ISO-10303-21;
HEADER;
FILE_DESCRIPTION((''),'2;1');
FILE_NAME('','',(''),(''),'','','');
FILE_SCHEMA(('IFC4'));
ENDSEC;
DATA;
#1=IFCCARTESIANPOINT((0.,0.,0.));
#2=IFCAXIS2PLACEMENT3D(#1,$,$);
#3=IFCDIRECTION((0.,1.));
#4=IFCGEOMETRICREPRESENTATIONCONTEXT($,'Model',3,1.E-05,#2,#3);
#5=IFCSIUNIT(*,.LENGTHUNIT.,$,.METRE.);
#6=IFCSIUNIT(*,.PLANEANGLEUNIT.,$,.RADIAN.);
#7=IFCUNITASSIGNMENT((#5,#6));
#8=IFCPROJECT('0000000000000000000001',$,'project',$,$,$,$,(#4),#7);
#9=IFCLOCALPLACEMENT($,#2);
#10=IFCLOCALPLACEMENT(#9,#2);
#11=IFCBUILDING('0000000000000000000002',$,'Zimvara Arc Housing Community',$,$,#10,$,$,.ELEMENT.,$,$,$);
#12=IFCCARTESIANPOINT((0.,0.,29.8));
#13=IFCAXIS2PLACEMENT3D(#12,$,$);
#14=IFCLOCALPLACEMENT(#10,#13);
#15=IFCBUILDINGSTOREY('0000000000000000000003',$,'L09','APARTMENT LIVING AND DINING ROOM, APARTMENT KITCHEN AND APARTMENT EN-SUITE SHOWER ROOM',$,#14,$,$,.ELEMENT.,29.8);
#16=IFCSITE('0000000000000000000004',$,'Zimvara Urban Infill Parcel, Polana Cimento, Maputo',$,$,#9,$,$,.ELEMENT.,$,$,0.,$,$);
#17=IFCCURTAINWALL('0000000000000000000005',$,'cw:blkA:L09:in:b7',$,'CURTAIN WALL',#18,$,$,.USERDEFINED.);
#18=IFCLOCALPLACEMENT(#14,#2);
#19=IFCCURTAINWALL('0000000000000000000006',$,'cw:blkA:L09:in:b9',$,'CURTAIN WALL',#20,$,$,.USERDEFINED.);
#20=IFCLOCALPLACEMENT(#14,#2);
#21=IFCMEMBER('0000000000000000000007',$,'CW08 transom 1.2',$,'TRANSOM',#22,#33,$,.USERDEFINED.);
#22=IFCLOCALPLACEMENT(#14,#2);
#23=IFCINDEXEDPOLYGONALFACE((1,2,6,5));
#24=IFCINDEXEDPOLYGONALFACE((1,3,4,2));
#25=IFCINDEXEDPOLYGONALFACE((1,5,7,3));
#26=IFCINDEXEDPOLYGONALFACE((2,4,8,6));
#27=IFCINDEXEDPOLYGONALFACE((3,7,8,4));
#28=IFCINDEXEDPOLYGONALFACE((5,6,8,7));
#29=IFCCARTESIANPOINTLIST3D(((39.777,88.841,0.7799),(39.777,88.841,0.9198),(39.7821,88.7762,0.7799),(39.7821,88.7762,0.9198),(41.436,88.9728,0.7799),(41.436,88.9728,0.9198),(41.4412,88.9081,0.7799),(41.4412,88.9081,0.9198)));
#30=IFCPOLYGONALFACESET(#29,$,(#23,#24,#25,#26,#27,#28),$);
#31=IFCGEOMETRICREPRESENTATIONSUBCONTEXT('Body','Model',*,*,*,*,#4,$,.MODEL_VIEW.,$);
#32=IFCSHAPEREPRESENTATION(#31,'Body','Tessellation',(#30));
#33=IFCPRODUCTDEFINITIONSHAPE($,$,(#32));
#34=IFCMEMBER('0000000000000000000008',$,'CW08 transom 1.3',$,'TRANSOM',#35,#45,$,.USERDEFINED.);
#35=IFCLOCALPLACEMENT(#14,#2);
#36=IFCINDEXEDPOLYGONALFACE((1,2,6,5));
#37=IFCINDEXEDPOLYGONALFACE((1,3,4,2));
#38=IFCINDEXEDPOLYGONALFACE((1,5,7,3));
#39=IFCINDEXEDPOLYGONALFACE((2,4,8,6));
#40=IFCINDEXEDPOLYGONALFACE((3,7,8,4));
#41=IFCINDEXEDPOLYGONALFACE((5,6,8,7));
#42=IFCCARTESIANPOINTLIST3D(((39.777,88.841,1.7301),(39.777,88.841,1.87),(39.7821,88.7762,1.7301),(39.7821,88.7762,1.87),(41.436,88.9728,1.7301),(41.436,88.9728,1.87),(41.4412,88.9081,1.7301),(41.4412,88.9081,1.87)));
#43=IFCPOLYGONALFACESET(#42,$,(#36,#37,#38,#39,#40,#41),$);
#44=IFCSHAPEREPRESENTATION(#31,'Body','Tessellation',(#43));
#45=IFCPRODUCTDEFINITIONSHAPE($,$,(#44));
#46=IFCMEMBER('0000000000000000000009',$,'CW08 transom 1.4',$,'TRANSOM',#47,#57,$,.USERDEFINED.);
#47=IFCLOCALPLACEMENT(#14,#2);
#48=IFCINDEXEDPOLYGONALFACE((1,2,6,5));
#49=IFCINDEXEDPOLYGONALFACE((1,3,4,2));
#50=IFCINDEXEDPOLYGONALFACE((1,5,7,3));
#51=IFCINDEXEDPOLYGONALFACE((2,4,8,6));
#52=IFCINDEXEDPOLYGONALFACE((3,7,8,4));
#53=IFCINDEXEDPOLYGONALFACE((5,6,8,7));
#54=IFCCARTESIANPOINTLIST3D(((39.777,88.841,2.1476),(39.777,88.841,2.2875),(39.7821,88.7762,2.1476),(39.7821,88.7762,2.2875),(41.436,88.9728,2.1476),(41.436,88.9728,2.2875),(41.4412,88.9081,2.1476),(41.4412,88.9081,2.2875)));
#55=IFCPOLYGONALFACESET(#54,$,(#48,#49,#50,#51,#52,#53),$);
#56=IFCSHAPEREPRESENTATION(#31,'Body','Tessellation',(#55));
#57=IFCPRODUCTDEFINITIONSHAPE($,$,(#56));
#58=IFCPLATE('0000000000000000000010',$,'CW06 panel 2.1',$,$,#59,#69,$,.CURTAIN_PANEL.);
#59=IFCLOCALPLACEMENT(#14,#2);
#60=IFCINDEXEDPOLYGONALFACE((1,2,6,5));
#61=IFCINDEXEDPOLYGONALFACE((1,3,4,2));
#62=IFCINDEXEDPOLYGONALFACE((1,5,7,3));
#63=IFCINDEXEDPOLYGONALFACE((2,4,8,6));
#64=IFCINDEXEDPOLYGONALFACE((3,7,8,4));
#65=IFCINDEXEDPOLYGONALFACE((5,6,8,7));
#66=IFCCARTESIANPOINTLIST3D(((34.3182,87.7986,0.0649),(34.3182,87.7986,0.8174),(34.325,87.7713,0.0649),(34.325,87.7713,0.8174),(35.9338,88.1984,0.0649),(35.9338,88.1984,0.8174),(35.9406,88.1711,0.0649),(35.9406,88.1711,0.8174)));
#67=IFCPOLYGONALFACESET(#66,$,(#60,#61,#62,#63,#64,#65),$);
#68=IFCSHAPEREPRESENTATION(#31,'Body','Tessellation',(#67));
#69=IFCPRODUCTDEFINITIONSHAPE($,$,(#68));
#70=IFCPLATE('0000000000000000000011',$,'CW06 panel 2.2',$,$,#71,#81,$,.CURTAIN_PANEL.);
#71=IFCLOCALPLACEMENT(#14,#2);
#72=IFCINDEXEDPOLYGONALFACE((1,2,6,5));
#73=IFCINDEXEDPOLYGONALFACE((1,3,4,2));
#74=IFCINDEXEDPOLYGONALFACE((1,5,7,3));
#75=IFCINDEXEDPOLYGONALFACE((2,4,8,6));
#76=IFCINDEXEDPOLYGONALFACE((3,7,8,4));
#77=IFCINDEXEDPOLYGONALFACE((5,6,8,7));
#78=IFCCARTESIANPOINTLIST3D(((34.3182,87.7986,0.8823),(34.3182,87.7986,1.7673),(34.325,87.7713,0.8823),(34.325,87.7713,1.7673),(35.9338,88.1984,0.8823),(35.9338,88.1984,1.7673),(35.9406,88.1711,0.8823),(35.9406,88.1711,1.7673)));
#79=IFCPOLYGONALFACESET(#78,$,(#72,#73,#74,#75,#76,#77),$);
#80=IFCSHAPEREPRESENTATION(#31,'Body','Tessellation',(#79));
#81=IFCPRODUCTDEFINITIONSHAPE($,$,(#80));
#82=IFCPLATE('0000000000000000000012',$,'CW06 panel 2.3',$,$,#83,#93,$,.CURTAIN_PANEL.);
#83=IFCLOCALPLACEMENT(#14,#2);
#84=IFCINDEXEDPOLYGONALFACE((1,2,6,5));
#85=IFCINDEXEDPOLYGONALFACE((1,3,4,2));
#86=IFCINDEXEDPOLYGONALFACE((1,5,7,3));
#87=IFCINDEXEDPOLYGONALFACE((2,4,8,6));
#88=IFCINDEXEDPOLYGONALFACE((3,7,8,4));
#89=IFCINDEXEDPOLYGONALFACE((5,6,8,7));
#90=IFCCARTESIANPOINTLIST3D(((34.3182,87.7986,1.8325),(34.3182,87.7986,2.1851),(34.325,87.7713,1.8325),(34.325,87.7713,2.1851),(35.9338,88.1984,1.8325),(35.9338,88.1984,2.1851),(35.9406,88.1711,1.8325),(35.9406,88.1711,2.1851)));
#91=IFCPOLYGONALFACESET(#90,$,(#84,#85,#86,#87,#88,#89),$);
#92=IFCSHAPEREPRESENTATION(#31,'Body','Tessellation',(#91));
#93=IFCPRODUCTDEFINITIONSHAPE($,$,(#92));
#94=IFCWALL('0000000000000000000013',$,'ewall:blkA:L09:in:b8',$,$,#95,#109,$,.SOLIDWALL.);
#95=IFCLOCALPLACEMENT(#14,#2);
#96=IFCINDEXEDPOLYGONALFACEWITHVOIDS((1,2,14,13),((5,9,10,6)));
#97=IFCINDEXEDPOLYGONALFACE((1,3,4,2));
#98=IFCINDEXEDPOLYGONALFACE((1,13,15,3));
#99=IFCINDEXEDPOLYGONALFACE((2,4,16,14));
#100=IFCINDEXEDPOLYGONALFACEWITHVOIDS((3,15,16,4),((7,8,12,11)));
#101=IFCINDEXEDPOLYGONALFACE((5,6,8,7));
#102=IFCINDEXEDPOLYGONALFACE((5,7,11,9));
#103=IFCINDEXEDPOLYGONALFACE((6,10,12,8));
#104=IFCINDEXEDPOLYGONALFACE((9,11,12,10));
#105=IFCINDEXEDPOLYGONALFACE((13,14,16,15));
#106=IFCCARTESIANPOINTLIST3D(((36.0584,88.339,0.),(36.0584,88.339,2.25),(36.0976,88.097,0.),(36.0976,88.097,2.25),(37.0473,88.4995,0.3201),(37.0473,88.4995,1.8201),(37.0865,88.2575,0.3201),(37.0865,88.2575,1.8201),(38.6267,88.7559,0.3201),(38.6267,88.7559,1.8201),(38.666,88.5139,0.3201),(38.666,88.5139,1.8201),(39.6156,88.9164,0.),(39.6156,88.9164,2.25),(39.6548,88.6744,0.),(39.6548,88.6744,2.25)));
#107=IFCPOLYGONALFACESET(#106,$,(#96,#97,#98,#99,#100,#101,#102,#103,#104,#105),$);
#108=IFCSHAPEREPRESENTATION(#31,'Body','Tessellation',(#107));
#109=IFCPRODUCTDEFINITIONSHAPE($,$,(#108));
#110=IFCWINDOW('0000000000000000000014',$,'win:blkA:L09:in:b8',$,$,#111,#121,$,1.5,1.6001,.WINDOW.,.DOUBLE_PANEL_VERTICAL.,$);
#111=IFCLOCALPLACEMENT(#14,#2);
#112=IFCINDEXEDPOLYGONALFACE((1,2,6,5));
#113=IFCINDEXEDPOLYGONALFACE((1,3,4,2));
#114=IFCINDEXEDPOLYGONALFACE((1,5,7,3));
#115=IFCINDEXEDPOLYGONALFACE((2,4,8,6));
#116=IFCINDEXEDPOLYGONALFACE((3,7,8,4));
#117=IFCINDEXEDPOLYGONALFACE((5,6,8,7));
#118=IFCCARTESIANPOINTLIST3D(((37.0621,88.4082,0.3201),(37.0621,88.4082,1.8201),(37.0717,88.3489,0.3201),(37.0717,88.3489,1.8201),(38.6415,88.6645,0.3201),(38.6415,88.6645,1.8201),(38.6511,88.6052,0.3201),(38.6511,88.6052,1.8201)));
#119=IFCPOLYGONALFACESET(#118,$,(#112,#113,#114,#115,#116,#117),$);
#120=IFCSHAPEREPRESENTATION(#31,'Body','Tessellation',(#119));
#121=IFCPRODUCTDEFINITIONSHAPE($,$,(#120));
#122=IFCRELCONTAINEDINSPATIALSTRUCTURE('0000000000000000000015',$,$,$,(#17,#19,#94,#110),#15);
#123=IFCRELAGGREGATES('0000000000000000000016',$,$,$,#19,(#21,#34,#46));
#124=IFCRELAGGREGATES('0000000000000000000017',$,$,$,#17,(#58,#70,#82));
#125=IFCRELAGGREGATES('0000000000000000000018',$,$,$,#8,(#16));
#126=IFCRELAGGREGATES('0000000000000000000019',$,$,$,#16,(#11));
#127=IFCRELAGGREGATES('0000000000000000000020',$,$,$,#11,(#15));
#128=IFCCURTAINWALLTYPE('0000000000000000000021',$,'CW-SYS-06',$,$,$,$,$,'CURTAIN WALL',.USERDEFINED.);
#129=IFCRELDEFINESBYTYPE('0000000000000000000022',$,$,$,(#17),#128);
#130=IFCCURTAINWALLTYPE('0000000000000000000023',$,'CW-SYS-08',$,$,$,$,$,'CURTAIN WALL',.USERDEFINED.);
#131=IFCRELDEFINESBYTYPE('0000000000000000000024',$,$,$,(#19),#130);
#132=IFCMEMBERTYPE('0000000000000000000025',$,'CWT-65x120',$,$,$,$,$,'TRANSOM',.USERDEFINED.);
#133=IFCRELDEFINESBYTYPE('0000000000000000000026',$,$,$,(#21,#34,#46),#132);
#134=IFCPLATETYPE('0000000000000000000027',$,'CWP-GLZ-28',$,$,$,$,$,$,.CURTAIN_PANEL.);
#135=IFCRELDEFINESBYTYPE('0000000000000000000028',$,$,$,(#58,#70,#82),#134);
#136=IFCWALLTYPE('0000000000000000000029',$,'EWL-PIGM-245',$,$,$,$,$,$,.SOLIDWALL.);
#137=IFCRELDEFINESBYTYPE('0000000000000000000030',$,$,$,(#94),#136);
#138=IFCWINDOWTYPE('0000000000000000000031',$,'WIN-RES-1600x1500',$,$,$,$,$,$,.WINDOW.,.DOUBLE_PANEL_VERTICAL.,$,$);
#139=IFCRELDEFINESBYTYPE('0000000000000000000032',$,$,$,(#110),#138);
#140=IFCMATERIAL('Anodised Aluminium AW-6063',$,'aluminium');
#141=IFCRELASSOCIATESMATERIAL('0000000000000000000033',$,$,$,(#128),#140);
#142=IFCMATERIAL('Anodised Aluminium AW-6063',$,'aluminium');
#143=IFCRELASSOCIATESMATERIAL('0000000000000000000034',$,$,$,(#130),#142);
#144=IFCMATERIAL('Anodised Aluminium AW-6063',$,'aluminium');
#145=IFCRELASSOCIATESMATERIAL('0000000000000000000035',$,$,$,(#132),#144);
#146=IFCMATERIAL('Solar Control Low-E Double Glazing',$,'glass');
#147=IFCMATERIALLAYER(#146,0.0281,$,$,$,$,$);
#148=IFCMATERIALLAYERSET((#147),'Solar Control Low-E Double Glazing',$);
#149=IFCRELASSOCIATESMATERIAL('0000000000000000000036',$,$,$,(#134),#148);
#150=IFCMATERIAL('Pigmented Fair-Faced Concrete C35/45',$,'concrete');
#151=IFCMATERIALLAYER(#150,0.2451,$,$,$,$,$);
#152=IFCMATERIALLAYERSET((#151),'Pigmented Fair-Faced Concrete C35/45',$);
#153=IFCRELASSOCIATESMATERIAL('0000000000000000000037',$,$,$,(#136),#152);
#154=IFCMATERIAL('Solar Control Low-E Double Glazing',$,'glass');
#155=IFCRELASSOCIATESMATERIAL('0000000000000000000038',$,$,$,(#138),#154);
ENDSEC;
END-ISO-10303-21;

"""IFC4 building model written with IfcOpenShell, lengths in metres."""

from ifc_helpers import new_model, si_unit, direction, frame, frame_2d, origin, origin_2d, place, context, subcontext, project, spatial, rectangle, extrude, material, layer, layer_set, material_profile, profile_set, type_object, element, fill, aggregate, save


model = new_model("IFC4")

# Units and contexts
model_context = context("Model", 3, precision=1e-05, world=origin(), true_north=direction((0.0, 1.0)))
body_context = subcontext(model_context, "Body", "Model", "MODEL_VIEW")
ifc_project = project(units=[si_unit("LENGTHUNIT", "METRE"), si_unit("PLANEANGLEUNIT", "RADIAN")], contexts=[model_context])

# Site, building, storey
site_placement = place(None, origin())
site = spatial("IfcSite", under=ifc_project, at=site_placement, Name="Zimvara Urban Infill Parcel, Polana Cimento, Maputo", CompositionType="ELEMENT", RefElevation=0.0)
building_placement = place(site_placement, origin())
building = spatial("IfcBuilding", under=site, at=building_placement, Name="Zimvara Arc Housing Community", CompositionType="ELEMENT")
storey_placement = place(building_placement, frame((0.0, 0.0, 29.8)))
storey = spatial("IfcBuildingStorey", under=building, at=storey_placement, Name="L09", Description="APARTMENT LIVING AND DINING ROOM, APARTMENT KITCHEN AND APARTMENT EN-SUITE SHOWER ROOM", CompositionType="ELEMENT", Elevation=29.8)

# Curtain walls
ifc_material_1 = material(Name="Anodised Aluminium AW-6063", Category="aluminium")
curtain_wall_type_1 = type_object("IfcCurtainWallType", Name="CW-SYS-06", ElementType="CURTAIN WALL", PredefinedType="USERDEFINED", material=ifc_material_1)
curtain_wall_1_placement = place(storey_placement, origin())
curtain_wall_1 = element("IfcCurtainWall", 1, at=curtain_wall_1_placement, inside=storey, type_object=curtain_wall_type_1, Name="cw:blkA:L09:in:b7", ObjectType="CURTAIN WALL", PredefinedType="USERDEFINED")
ifc_material_2 = material(Name="Anodised Aluminium AW-6063", Category="aluminium")
curtain_wall_type_2 = type_object("IfcCurtainWallType", Name="CW-SYS-08", ElementType="CURTAIN WALL", PredefinedType="USERDEFINED", material=ifc_material_2)
curtain_wall_2_placement = place(storey_placement, origin())
curtain_wall_2 = element("IfcCurtainWall", 2, at=curtain_wall_2_placement, inside=storey, type_object=curtain_wall_type_2, Name="cw:blkA:L09:in:b9", ObjectType="CURTAIN WALL", PredefinedType="USERDEFINED")

# Members
ifc_material_3 = material(Name="Anodised Aluminium AW-6063", Category="aluminium")
ifc_material_profile_1 = material_profile(ifc_material_3, rectangle(XDim=0.0649, YDim=0.1399, at=origin_2d()), Name="ALU 65x140")
ifc_profile_set_1 = profile_set([ifc_material_profile_1], Name="Anodised Aluminium AW-6063")
member_type_1 = type_object("IfcMemberType", Name="CWT-65x120", ElementType="TRANSOM", PredefinedType="USERDEFINED", material=ifc_profile_set_1)
member_1_placement = place(storey_placement, frame((39.7795, 88.8086, 0.8499), z_axis=(0.996858, 0.079209, 0.0), x_axis=(-0.079209, 0.996858, 0.0)))
member_1 = element("IfcMember", 3, at=member_1_placement, type_object=member_type_1, Name="CW08 transom 1.2", ObjectType="TRANSOM", PredefinedType="USERDEFINED", context=body_context, shape_type="SweptSolid", body=[
    extrude(rectangle(XDim=0.0649, YDim=0.1399, at=origin_2d()), origin(), (0.0, 0.0, 1.0), 1.6643),
])
member_2_placement = place(storey_placement, frame((39.7795, 88.8086, 1.8), z_axis=(0.996858, 0.079209, 0.0), x_axis=(-0.079209, 0.996858, 0.0)))
member_2 = element("IfcMember", 4, at=member_2_placement, type_object=member_type_1, Name="CW08 transom 1.3", ObjectType="TRANSOM", PredefinedType="USERDEFINED", context=body_context, shape_type="SweptSolid", body=[
    extrude(rectangle(XDim=0.0649, YDim=0.1399, at=origin_2d()), origin(), (0.0, 0.0, 1.0), 1.6643),
])
member_3_placement = place(storey_placement, frame((39.7795, 88.8086, 2.2175), z_axis=(0.996858, 0.079209, 0.0), x_axis=(-0.079209, 0.996858, 0.0)))
member_3 = element("IfcMember", 5, at=member_3_placement, type_object=member_type_1, Name="CW08 transom 1.4", ObjectType="TRANSOM", PredefinedType="USERDEFINED", context=body_context, shape_type="SweptSolid", body=[
    extrude(rectangle(XDim=0.0649, YDim=0.1399, at=origin_2d()), origin(), (0.0, 0.0, 1.0), 1.6643),
])
aggregate(curtain_wall_2, [member_1, member_2, member_3])

# Plates
ifc_material_4 = material(Name="Solar Control Low-E Double Glazing", Category="glass")
ifc_layer_1 = layer(ifc_material_4, 0.0281)
ifc_layer_set_1 = layer_set([ifc_layer_1], Name="Solar Control Low-E Double Glazing")
plate_type = type_object("IfcPlateType", Name="CWP-GLZ-28", PredefinedType="CURTAIN_PANEL", material=ifc_layer_set_1)
plate_1_placement = place(storey_placement, frame((35.1294, 87.9849, 0.0649), z_axis=(0.0, 0.0, 1.0), x_axis=(0.970717, 0.240228, 0.0)))
plate_1 = element("IfcPlate", 6, at=plate_1_placement, type_object=plate_type, Name="CW06 panel 2.1", PredefinedType="CURTAIN_PANEL", context=body_context, shape_type="SweptSolid", body=[
    extrude(rectangle(XDim=1.6643, YDim=0.0281, at=origin_2d()), origin(), (0.0, 0.0, 1.0), 0.7524),
])
plate_2_placement = place(storey_placement, frame((35.1294, 87.9849, 0.8823), z_axis=(0.0, 0.0, 1.0), x_axis=(0.970717, 0.240228, 0.0)))
plate_2 = element("IfcPlate", 7, at=plate_2_placement, type_object=plate_type, Name="CW06 panel 2.2", PredefinedType="CURTAIN_PANEL", context=body_context, shape_type="SweptSolid", body=[
    extrude(rectangle(XDim=1.6643, YDim=0.0281, at=origin_2d()), origin(), (0.0, 0.0, 1.0), 0.885),
])
plate_3_placement = place(storey_placement, frame((35.1294, 87.9849, 1.8325), z_axis=(0.0, 0.0, 1.0), x_axis=(0.970717, 0.240228, 0.0)))
plate_3 = element("IfcPlate", 8, at=plate_3_placement, type_object=plate_type, Name="CW06 panel 2.3", PredefinedType="CURTAIN_PANEL", context=body_context, shape_type="SweptSolid", body=[
    extrude(rectangle(XDim=1.6643, YDim=0.0281, at=origin_2d()), origin(), (0.0, 0.0, 1.0), 0.3525),
])
aggregate(curtain_wall_1, [plate_1, plate_2, plate_3])

# Wall, opening, window
ifc_material_5 = material(Name="Pigmented Fair-Faced Concrete C35/45", Category="concrete")
ifc_layer_2 = layer(ifc_material_5, 0.2451)
ifc_layer_set_2 = layer_set([ifc_layer_2], Name="Pigmented Fair-Faced Concrete C35/45")
wall_type = type_object("IfcWallType", Name="EWL-PIGM-245", PredefinedType="SOLIDWALL", material=ifc_layer_set_2)
wall_placement = place(storey_placement, frame((36.0781, 88.218, 0.0), z_axis=(0.0, 0.0, 1.0), x_axis=(0.987081, 0.160223, 0.0)))
wall = element("IfcWall", 9, at=wall_placement, inside=storey, type_object=wall_type, Name="ewall:blkA:L09:in:b8", PredefinedType="SOLIDWALL", context=body_context, shape_type="SweptSolid", body=[
    extrude(rectangle(XDim=3.6038, YDim=0.2451, at=frame_2d((1.8018, 0.0))), origin(), (0.0, 0.0, 1.0), 2.25),
])
opening_placement = place(wall_placement, frame((1.0017, 0.0, 0.3201)))
opening = element("IfcOpeningElement", 10, at=opening_placement, cuts=wall, PredefinedType="OPENING", context=body_context, shape_type="SweptSolid", body=[
    extrude(rectangle(XDim=1.6001, YDim=1.5, at=frame_2d((0.8, 0.75))), frame((0.0, 0.1326, 0.0), z_axis=(0.0, -1.0, 0.0), x_axis=(1.0, 0.0, 0.0)), (0.0, 0.0, 1.0), 0.2651),
])
ifc_material_6 = material(Name="Solar Control Low-E Double Glazing", Category="glass")
window_type = type_object("IfcWindowType", Name="WIN-RES-1600x1500", PartitioningType="DOUBLE_PANEL_VERTICAL", PredefinedType="WINDOW", material=ifc_material_6)
window_placement = place(opening_placement, origin())
window = element("IfcWindow", 11, at=window_placement, inside=storey, type_object=window_type, Name="win:blkA:L09:in:b8", OverallHeight=1.5, OverallWidth=1.6001, PartitioningType="DOUBLE_PANEL_VERTICAL", PredefinedType="WINDOW", context=body_context, shape_type="SweptSolid", body=[
    extrude(rectangle(XDim=1.6001, YDim=1.5, at=frame_2d((0.8, 0.75))), frame((0.0, 0.03, 0.0), z_axis=(0.0, -1.0, 0.0), x_axis=(1.0, 0.0, 0.0)), (0.0, 0.0, 1.0), 0.0601),
])
fill(opening, window)

save(model, "model.ifc")
